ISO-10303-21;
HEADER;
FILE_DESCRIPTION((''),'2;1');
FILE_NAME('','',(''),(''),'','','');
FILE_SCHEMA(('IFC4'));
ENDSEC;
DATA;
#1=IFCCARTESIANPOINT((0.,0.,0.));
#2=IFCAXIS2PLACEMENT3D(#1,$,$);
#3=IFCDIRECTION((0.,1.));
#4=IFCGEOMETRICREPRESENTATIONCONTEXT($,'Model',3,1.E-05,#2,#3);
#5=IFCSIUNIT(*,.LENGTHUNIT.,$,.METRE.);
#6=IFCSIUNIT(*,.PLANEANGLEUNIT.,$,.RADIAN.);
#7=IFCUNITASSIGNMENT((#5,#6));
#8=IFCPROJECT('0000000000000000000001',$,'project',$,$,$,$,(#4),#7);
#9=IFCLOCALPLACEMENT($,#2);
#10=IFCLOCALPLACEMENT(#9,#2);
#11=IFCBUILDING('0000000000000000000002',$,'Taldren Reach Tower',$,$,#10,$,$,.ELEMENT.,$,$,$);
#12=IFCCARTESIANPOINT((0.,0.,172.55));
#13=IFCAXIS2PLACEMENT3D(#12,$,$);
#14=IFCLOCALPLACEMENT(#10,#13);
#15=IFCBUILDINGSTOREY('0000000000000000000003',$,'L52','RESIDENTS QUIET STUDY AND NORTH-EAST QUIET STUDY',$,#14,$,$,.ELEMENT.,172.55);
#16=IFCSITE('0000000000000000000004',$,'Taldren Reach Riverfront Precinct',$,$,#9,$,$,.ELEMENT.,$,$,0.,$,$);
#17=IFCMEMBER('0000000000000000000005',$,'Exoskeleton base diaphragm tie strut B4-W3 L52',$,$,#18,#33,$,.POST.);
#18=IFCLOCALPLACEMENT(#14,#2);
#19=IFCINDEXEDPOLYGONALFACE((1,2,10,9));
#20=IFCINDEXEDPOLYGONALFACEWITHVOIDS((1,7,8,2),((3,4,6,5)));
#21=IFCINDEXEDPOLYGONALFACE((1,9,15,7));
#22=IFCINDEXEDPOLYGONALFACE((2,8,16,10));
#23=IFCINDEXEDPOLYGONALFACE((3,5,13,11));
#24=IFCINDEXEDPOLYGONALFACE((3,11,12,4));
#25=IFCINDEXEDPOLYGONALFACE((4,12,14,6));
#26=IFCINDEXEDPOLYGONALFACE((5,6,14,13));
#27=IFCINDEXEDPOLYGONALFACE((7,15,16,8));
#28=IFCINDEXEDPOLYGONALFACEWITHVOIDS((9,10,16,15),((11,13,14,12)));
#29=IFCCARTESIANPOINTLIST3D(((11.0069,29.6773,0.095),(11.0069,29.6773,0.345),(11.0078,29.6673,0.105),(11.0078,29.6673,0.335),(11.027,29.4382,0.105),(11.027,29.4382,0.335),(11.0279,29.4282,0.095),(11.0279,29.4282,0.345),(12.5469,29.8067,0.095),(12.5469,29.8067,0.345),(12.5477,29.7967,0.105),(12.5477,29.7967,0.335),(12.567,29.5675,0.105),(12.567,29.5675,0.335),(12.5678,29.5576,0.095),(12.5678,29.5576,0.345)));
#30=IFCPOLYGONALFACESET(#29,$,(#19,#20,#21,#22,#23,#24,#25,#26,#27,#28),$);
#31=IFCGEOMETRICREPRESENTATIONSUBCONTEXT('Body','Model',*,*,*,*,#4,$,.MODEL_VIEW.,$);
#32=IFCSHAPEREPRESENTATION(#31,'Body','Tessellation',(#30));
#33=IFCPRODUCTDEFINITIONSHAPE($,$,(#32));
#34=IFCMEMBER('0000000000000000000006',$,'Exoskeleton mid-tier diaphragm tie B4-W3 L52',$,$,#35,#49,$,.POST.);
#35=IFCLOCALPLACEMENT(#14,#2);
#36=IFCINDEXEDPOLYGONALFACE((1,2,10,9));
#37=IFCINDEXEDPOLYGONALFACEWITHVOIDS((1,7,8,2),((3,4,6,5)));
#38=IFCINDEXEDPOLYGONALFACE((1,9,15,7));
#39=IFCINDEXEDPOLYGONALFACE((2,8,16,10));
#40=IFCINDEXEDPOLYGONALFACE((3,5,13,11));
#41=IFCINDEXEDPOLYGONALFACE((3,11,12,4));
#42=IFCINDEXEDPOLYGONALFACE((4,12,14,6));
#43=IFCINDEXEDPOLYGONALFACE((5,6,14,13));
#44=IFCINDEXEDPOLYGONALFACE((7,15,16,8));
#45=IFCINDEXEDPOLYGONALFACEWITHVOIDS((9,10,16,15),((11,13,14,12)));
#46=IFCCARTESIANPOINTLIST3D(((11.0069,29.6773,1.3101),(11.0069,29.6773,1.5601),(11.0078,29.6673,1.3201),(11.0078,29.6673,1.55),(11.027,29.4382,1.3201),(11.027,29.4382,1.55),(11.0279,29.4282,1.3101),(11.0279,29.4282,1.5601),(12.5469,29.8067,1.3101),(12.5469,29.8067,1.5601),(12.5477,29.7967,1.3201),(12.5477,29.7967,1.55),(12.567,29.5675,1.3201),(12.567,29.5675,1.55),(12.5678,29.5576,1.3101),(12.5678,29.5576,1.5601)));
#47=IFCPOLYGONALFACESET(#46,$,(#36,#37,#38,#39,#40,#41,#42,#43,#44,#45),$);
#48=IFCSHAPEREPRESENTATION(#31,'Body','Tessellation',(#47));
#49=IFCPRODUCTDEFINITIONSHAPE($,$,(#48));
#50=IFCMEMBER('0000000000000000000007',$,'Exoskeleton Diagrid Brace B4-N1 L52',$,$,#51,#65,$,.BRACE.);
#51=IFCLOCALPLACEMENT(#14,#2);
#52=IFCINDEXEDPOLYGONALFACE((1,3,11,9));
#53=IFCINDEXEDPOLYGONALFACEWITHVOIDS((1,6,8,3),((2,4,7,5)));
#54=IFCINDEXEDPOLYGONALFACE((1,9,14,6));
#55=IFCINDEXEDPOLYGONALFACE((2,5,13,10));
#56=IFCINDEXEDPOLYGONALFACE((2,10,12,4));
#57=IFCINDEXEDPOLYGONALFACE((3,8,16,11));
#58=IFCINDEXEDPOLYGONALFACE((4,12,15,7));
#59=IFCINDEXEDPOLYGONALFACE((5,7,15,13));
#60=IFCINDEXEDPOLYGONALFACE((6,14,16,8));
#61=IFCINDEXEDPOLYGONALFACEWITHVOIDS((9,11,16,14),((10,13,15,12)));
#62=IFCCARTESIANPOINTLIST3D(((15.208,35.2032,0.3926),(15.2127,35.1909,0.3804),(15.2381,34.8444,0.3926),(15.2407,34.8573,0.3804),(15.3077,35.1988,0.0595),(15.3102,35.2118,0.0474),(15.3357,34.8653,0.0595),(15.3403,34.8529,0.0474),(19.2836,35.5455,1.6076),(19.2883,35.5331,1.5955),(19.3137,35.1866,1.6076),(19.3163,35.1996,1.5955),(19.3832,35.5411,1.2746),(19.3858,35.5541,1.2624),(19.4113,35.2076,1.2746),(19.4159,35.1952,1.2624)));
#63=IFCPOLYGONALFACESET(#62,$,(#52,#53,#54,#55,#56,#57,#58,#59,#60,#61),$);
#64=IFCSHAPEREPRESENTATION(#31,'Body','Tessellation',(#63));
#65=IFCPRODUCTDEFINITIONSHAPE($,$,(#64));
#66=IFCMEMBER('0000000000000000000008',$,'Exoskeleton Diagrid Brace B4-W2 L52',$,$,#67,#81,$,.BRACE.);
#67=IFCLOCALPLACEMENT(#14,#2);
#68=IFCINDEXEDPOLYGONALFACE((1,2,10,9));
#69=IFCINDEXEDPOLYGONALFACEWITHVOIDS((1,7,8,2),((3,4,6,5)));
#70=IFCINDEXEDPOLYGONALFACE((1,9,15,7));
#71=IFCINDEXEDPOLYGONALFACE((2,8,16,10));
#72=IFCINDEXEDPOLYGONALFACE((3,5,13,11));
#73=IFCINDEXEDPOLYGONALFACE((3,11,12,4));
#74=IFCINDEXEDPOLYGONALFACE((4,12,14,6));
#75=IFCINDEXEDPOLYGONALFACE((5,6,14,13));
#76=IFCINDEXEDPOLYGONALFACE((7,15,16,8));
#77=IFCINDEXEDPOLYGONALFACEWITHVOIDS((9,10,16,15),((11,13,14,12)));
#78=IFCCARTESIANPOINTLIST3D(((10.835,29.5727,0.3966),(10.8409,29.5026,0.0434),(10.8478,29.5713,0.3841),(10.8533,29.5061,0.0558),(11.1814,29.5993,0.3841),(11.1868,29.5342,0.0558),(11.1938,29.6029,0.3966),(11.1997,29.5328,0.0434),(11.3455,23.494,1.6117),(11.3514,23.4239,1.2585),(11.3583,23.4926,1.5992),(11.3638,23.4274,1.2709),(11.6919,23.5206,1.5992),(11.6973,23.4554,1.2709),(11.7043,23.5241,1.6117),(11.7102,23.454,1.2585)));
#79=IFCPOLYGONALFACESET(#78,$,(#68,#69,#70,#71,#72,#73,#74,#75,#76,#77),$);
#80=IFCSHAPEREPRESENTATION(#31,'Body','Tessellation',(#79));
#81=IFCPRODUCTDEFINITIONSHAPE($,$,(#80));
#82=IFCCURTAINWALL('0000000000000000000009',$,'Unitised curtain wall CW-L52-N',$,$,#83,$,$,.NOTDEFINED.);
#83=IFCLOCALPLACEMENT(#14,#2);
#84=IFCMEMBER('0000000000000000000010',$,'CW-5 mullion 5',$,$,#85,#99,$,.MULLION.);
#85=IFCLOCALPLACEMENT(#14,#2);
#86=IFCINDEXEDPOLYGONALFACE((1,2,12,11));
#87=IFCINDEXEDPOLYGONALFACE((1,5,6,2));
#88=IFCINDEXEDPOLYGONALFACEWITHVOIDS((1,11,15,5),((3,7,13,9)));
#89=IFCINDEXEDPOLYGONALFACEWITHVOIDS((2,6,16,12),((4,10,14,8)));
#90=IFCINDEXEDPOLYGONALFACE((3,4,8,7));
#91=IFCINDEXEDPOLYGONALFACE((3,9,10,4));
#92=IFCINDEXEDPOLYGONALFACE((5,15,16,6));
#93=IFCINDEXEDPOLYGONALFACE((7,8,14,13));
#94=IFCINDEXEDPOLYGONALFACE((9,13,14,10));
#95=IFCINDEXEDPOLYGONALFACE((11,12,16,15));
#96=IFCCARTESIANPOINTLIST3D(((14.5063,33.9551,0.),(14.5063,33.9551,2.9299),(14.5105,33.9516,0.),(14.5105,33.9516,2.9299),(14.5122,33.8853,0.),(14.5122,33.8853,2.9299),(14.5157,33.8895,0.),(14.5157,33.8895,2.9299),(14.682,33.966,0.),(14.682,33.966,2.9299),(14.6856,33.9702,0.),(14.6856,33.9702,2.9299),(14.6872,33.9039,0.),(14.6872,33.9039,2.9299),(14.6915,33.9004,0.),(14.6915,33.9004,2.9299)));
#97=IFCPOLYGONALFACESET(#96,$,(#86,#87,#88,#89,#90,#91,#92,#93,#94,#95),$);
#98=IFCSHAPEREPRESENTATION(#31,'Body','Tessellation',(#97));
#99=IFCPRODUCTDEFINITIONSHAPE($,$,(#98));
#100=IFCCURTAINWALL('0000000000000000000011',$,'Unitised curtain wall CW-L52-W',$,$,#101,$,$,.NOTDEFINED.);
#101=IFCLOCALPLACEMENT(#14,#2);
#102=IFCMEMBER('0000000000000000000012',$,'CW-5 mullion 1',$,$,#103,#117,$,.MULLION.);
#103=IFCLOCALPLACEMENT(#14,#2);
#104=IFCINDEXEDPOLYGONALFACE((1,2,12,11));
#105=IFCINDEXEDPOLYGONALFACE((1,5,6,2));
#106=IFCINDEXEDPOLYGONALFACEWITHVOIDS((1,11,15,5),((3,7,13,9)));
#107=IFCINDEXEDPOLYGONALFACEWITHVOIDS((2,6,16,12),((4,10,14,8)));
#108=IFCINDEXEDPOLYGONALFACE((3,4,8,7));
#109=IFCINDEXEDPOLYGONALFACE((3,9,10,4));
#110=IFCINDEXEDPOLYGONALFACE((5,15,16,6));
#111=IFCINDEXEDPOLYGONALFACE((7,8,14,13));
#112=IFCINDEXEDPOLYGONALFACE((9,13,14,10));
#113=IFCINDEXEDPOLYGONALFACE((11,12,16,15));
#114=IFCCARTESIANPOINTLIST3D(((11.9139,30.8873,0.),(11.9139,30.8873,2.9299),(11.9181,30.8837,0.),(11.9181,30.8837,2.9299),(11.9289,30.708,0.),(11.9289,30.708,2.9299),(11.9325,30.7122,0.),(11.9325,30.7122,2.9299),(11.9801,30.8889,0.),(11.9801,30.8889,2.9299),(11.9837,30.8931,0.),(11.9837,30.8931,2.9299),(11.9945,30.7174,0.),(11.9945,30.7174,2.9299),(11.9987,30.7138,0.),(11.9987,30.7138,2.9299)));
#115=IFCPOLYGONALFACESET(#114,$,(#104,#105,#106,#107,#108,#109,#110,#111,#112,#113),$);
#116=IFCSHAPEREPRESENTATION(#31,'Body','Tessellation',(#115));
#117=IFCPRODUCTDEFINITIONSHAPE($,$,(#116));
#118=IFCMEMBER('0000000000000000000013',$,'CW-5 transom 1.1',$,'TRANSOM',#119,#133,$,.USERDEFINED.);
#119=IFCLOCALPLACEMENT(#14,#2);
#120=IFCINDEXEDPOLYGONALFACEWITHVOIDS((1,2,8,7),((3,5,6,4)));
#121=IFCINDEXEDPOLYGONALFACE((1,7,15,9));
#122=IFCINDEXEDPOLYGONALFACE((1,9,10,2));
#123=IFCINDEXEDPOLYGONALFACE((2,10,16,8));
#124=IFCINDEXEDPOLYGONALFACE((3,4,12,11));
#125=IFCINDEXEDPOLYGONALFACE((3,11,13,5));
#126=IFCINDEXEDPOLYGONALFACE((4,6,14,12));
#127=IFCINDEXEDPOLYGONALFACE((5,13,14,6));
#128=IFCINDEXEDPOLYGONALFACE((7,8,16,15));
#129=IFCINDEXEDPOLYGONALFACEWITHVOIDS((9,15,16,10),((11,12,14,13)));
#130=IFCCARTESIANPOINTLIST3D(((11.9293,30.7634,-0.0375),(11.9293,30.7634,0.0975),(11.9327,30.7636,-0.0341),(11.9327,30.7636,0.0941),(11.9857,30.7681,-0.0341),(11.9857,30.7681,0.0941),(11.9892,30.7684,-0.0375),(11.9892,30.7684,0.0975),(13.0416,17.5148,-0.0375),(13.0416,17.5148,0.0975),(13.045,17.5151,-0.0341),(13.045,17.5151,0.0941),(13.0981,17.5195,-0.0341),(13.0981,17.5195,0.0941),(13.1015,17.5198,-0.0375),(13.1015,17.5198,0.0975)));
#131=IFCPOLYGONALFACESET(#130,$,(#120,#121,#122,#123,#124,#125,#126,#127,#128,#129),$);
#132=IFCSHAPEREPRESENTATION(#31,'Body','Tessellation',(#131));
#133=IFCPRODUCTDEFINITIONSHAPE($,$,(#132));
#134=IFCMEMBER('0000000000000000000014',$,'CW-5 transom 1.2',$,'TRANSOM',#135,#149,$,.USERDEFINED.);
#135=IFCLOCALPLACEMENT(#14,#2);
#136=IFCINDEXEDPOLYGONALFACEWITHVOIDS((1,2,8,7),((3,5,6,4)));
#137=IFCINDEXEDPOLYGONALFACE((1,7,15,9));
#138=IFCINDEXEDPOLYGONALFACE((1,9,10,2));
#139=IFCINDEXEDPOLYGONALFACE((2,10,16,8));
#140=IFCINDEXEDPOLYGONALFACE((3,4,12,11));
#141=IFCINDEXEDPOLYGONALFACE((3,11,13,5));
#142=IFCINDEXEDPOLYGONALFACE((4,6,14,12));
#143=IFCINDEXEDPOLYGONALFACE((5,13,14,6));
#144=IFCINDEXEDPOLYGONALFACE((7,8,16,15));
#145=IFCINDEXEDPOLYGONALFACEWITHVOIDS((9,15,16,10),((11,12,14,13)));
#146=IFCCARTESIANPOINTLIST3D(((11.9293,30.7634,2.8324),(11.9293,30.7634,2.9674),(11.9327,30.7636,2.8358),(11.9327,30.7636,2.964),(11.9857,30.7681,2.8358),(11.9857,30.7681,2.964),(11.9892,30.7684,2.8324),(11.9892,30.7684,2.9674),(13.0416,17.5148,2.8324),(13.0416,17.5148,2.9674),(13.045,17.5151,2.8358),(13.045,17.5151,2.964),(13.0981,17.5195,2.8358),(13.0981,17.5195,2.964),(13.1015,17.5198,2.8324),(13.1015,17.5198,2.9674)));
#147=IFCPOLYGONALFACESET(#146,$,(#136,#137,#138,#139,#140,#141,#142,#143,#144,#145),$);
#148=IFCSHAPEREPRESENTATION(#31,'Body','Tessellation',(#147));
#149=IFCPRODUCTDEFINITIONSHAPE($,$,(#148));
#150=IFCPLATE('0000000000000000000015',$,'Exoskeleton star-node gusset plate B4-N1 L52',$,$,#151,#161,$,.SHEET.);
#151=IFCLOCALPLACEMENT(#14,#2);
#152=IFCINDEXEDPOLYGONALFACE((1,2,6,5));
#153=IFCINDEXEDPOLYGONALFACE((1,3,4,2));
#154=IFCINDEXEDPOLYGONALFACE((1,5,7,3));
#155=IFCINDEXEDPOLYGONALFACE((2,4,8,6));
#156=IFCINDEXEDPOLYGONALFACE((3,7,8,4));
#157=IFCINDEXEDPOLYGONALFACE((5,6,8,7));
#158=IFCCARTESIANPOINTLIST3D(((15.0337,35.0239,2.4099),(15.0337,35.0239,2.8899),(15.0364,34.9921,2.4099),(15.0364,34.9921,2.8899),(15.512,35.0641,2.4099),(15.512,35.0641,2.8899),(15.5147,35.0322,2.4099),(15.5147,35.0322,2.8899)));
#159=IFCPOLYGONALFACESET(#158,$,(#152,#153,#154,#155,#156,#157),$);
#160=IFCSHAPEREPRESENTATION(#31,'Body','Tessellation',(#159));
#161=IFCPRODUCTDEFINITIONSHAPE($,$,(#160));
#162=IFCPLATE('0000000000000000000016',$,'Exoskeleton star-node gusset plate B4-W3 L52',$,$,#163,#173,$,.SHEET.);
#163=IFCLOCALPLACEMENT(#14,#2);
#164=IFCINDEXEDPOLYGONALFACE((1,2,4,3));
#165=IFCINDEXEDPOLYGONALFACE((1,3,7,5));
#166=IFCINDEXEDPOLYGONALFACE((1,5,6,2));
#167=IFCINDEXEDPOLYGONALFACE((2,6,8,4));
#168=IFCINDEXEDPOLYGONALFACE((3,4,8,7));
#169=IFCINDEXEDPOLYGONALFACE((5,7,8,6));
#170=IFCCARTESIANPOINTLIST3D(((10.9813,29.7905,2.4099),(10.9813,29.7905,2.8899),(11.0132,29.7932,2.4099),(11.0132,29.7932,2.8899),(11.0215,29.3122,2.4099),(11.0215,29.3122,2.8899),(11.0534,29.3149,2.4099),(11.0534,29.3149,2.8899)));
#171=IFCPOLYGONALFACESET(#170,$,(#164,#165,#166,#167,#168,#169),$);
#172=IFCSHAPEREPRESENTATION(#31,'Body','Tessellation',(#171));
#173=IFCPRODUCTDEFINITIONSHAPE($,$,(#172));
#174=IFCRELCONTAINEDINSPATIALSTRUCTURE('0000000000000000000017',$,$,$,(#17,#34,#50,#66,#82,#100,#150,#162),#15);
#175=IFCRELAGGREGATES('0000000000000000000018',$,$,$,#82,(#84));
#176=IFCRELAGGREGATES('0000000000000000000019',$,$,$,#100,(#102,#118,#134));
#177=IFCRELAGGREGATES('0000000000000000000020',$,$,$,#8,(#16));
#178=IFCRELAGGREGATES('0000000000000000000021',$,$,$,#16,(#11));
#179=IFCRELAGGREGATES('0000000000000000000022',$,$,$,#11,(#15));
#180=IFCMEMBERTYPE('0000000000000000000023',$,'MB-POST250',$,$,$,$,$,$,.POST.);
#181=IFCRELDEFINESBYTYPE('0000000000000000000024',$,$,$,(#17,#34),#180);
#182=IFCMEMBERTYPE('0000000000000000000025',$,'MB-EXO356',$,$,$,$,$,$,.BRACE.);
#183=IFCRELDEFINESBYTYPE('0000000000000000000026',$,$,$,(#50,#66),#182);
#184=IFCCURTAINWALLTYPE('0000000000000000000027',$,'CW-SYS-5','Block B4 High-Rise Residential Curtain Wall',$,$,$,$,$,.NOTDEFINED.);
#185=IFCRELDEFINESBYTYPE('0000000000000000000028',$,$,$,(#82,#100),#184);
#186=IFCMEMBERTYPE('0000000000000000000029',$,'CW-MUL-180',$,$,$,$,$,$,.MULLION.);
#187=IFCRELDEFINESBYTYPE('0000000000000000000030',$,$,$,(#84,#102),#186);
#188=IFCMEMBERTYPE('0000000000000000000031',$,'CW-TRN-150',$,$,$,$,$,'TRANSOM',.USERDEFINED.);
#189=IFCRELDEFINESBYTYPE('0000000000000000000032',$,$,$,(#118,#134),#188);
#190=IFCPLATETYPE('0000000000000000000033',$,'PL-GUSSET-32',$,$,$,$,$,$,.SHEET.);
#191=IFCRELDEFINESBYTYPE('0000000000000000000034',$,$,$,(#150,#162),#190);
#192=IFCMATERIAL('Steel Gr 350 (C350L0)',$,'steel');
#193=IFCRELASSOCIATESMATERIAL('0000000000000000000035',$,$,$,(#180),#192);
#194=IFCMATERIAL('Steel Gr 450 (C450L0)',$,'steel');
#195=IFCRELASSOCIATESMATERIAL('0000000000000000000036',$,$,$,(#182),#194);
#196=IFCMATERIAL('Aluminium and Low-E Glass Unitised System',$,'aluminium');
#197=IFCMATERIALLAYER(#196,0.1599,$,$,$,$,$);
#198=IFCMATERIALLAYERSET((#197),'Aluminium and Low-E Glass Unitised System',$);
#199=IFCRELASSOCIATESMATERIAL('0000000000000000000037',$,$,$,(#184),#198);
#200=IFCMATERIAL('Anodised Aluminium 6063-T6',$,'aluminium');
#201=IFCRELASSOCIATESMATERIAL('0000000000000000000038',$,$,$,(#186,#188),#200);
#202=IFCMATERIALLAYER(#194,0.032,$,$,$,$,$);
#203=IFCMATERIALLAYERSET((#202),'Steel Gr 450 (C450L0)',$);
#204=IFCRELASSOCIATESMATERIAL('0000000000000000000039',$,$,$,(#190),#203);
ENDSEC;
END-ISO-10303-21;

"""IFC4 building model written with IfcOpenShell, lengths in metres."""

from ifc_helpers import new_model, si_unit, direction, frame, origin, origin_2d, place, context, subcontext, project, spatial, rectangle, hollow_rectangle, extrude, source, transform, mapped, material, layer, layer_set, material_profile, profile_set, type_object, element, aggregate, save


model = new_model("IFC4")

# Units and contexts
model_context = context("Model", 3, precision=1e-05, world=origin(), true_north=direction((0.0, 1.0)))
body_context = subcontext(model_context, "Body", "Model", "MODEL_VIEW")
ifc_project = project(units=[si_unit("LENGTHUNIT", "METRE"), si_unit("PLANEANGLEUNIT", "RADIAN")], contexts=[model_context])

# Site, building, storey
site_placement = place(None, origin())
site = spatial("IfcSite", under=ifc_project, at=site_placement, Name="Taldren Reach Riverfront Precinct", CompositionType="ELEMENT", RefElevation=0.0)
building_placement = place(site_placement, origin())
building = spatial("IfcBuilding", under=site, at=building_placement, Name="Taldren Reach Tower", CompositionType="ELEMENT")
storey_placement = place(building_placement, frame((0.0, 0.0, 172.55)))
storey = spatial("IfcBuildingStorey", under=building, at=storey_placement, Name="L52", Description="RESIDENTS QUIET STUDY AND NORTH-EAST QUIET STUDY", CompositionType="ELEMENT", Elevation=172.55)

# Shared definitions
ifc_material_1 = material(Name="Steel Gr 350 (C350L0)", Category="steel")

# Shared definitions
ifc_material_profile_1 = material_profile(ifc_material_1, hollow_rectangle(XDim=0.25, YDim=0.25, WallThickness=0.01, at=origin_2d()), Name="250x250x10.0SHS")
ifc_profile_set_1 = profile_set([ifc_material_profile_1], Name="Steel Gr 350 (C350L0)")
member_type_1 = type_object("IfcMemberType", Name="MB-POST250", PredefinedType="POST", material=ifc_profile_set_1)

# Members
ifc_material_2 = material(Name="Steel Gr 450 (C450L0)", Category="steel")
shared_shape_1 = source(origin(), body_context, "Body", "SweptSolid", [
    extrude(hollow_rectangle(XDim=0.25, YDim=0.25, WallThickness=0.01, at=origin_2d()), origin(), (0.0, 0.0, 1.0), 1.5454),
])
for number, where, z_axis, x_axis, name in (
    (1, (12.5574, 29.6821, 0.22), (-0.996489, -0.083725, 0.0), (0.083725, -0.996489, 0.0), "Exoskeleton base diaphragm tie strut B4-W3 L52"),
    (2, (12.5574, 29.6821, 1.4351), (-0.996489, -0.083725, 0.0), (0.083725, -0.996489, 0.0), "Exoskeleton mid-tier diaphragm tie B4-W3 L52"),
):
    element("IfcMember", number, at=place(storey_placement, frame(where, z_axis=z_axis, x_axis=x_axis)), inside=storey, type_object=member_type_1, Name=name, PredefinedType="POST", context=body_context, shape_type="MappedRepresentation", body=[
        mapped(shared_shape_1, transform((0.0, 0.0, 0.0), scale=1.0)),
    ])
ifc_material_profile_2 = material_profile(ifc_material_2, hollow_rectangle(XDim=0.3601, YDim=0.3601, WallThickness=0.0127, at=origin_2d()), Name="360x360x12.7SHS")
ifc_profile_set_2 = profile_set([ifc_material_profile_2], Name="Steel Gr 450 (C450L0)")
member_type_2 = type_object("IfcMemberType", Name="MB-EXO356", PredefinedType="BRACE", material=ifc_profile_set_2)
shared_shape_2 = source(origin(), body_context, "Body", "SweptSolid", [
    extrude(hollow_rectangle(XDim=0.3601, YDim=0.3601, WallThickness=0.0127, at=origin_2d()), origin(), (0.0, 0.0, 1.0), 4.2666),
])
member_1_placement = place(storey_placement, frame((15.2742, 35.0281, 0.22), z_axis=(0.955229, 0.080222, 0.284783), x_axis=(-0.083688, 0.996492, 0.0)))
element("IfcMember", 3, at=member_1_placement, inside=storey, type_object=member_type_2, Name="Exoskeleton Diagrid Brace B4-N1 L52", PredefinedType="BRACE", context=body_context, shape_type="MappedRepresentation", body=[
    mapped(shared_shape_2, transform((0.0, 0.0, 0.0), scale=1.0)),
])
shared_shape_3 = source(origin(), body_context, "Body", "SweptSolid", [
    extrude(hollow_rectangle(XDim=0.3601, YDim=0.3601, WallThickness=0.0127, at=origin_2d()), origin(), (0.0, 0.0, 1.0), 6.22),
])
member_2_placement = place(storey_placement, frame((11.0173, 29.5527, 0.22), z_axis=(0.082076, -0.977292, 0.195356), x_axis=(0.996492, 0.083688, 0.0)))
element("IfcMember", 4, at=member_2_placement, inside=storey, type_object=member_type_2, Name="Exoskeleton Diagrid Brace B4-W2 L52", PredefinedType="BRACE", context=body_context, shape_type="MappedRepresentation", body=[
    mapped(shared_shape_3, transform((0.0, 0.0, 0.0), scale=1.0)),
])

# Curtain wall, member
ifc_material_3 = material(Name="Aluminium and Low-E Glass Unitised System", Category="aluminium")
ifc_layer_1 = layer(ifc_material_3, 0.1599)
ifc_layer_set_1 = layer_set([ifc_layer_1], Name="Aluminium and Low-E Glass Unitised System")
curtain_wall_type = type_object("IfcCurtainWallType", Name="CW-SYS-5", Description="Block B4 High-Rise Residential Curtain Wall", PredefinedType="NOTDEFINED", material=ifc_layer_set_1)
curtain_wall_1_placement = place(storey_placement, origin())
curtain_wall_1 = element("IfcCurtainWall", 5, at=curtain_wall_1_placement, inside=storey, type_object=curtain_wall_type, Name="Unitised curtain wall CW-L52-N", PredefinedType="NOTDEFINED")
ifc_material_4 = material(Name="Anodised Aluminium 6063-T6", Category="aluminium")
ifc_material_profile_3 = material_profile(ifc_material_4, hollow_rectangle(XDim=0.0701, YDim=0.1799, WallThickness=0.0039, at=origin_2d()), Name="ALU-180x70x4RHS")
ifc_profile_set_3 = profile_set([ifc_material_profile_3], Name="Anodised Aluminium 6063-T6")
member_type_3 = type_object("IfcMemberType", Name="CW-MUL-180", PredefinedType="MULLION", material=ifc_profile_set_3)
shared_shape_4 = source(origin(), body_context, "Body", "SweptSolid", [
    extrude(hollow_rectangle(XDim=0.0701, YDim=0.1799, WallThickness=0.0039, at=origin_2d()), origin(), (0.0, 0.0, 1.0), 2.9299),
])
member_3_placement = place(storey_placement, frame((14.5989, 33.9277, 0.0), z_axis=(0.0, 0.0, 1.0), x_axis=(0.083678, -0.996493, 0.0)))
member_3 = element("IfcMember", 6, at=member_3_placement, type_object=member_type_3, Name="CW-5 mullion 5", PredefinedType="MULLION", context=body_context, shape_type="MappedRepresentation", body=[
    mapped(shared_shape_4, transform((0.0, 0.0, 0.0), scale=1.0)),
])
aggregate(curtain_wall_1, [member_3])

# Curtain wall, members
curtain_wall_2_placement = place(storey_placement, origin())
curtain_wall_2 = element("IfcCurtainWall", 7, at=curtain_wall_2_placement, inside=storey, type_object=curtain_wall_type, Name="Unitised curtain wall CW-L52-W", PredefinedType="NOTDEFINED")
member_4_placement = place(storey_placement, frame((11.9563, 30.8005, 0.0), z_axis=(0.0, 0.0, 1.0), x_axis=(0.996493, 0.083678, 0.0)))
member_4 = element("IfcMember", 8, at=member_4_placement, type_object=member_type_3, Name="CW-5 mullion 1", PredefinedType="MULLION", context=body_context, shape_type="MappedRepresentation", body=[
    mapped(shared_shape_4, transform((0.0, 0.0, 0.0), scale=1.0)),
])
ifc_material_profile_4 = material_profile(ifc_material_4, hollow_rectangle(XDim=0.0601, YDim=0.135, WallThickness=0.0034, at=origin_2d()), Name="ALU-135x60x3.5RHS")
ifc_profile_set_4 = profile_set([ifc_material_profile_4], Name="Anodised Aluminium 6063-T6")
member_type_4 = type_object("IfcMemberType", Name="CW-TRN-150", ElementType="TRANSOM", PredefinedType="USERDEFINED", material=ifc_profile_set_4)
shared_shape_5 = source(origin(), body_context, "Body", "SweptSolid", [
    extrude(hollow_rectangle(XDim=0.0601, YDim=0.135, WallThickness=0.0034, at=origin_2d()), origin(), (0.0, 0.0, 1.0), 13.2952),
])
member_5_placement = place(storey_placement, frame((11.9592, 30.7659, 0.03), z_axis=(0.083662, -0.996494, 0.0), x_axis=(0.996494, 0.083662, 0.0)))
member_5 = element("IfcMember", 9, at=member_5_placement, type_object=member_type_4, Name="CW-5 transom 1.1", ObjectType="TRANSOM", PredefinedType="USERDEFINED", context=body_context, shape_type="MappedRepresentation", body=[
    mapped(shared_shape_5, transform((0.0, 0.0, 0.0), scale=1.0)),
])
member_6_placement = place(storey_placement, frame((11.9592, 30.7659, 2.8999), z_axis=(0.083662, -0.996494, 0.0), x_axis=(0.996494, 0.083662, 0.0)))
member_6 = element("IfcMember", 10, at=member_6_placement, type_object=member_type_4, Name="CW-5 transom 1.2", ObjectType="TRANSOM", PredefinedType="USERDEFINED", context=body_context, shape_type="MappedRepresentation", body=[
    mapped(shared_shape_5, transform((0.0, 0.0, 0.0), scale=1.0)),
])

# Plates
ifc_layer_2 = layer(ifc_material_2, 0.032)
ifc_layer_set_2 = layer_set([ifc_layer_2], Name="Steel Gr 450 (C450L0)")
plate_type_1 = type_object("IfcPlateType", Name="PL-GUSSET-32", PredefinedType="SHEET", material=ifc_layer_set_2)
shared_shape_6 = source(origin(), body_context, "Body", "SweptSolid", [
    extrude(rectangle(XDim=0.48, YDim=0.032, at=origin_2d()), origin(), (0.0, 0.0, 1.0), 0.48),
])
for number, where, z_axis, x_axis, name in (
    (11, (15.2742, 35.0281, 2.4099), (0.0, 0.0, 1.0), (0.996493, 0.083678, 0.0), "Exoskeleton star-node gusset plate B4-N1 L52"),
    (12, (11.0173, 29.5527, 2.4099), (0.0, 0.0, 1.0), (-0.083678, 0.996493, 0.0), "Exoskeleton star-node gusset plate B4-W3 L52"),
):
    element("IfcPlate", number, at=place(storey_placement, frame(where, z_axis=z_axis, x_axis=x_axis)), inside=storey, type_object=plate_type_1, Name=name, PredefinedType="SHEET", context=body_context, shape_type="MappedRepresentation", body=[
        mapped(shared_shape_6, transform((0.0, 0.0, 0.0), scale=1.0)),
    ])

aggregate(curtain_wall_2, [member_4, member_5, member_6])

save(model, "model.ifc")
